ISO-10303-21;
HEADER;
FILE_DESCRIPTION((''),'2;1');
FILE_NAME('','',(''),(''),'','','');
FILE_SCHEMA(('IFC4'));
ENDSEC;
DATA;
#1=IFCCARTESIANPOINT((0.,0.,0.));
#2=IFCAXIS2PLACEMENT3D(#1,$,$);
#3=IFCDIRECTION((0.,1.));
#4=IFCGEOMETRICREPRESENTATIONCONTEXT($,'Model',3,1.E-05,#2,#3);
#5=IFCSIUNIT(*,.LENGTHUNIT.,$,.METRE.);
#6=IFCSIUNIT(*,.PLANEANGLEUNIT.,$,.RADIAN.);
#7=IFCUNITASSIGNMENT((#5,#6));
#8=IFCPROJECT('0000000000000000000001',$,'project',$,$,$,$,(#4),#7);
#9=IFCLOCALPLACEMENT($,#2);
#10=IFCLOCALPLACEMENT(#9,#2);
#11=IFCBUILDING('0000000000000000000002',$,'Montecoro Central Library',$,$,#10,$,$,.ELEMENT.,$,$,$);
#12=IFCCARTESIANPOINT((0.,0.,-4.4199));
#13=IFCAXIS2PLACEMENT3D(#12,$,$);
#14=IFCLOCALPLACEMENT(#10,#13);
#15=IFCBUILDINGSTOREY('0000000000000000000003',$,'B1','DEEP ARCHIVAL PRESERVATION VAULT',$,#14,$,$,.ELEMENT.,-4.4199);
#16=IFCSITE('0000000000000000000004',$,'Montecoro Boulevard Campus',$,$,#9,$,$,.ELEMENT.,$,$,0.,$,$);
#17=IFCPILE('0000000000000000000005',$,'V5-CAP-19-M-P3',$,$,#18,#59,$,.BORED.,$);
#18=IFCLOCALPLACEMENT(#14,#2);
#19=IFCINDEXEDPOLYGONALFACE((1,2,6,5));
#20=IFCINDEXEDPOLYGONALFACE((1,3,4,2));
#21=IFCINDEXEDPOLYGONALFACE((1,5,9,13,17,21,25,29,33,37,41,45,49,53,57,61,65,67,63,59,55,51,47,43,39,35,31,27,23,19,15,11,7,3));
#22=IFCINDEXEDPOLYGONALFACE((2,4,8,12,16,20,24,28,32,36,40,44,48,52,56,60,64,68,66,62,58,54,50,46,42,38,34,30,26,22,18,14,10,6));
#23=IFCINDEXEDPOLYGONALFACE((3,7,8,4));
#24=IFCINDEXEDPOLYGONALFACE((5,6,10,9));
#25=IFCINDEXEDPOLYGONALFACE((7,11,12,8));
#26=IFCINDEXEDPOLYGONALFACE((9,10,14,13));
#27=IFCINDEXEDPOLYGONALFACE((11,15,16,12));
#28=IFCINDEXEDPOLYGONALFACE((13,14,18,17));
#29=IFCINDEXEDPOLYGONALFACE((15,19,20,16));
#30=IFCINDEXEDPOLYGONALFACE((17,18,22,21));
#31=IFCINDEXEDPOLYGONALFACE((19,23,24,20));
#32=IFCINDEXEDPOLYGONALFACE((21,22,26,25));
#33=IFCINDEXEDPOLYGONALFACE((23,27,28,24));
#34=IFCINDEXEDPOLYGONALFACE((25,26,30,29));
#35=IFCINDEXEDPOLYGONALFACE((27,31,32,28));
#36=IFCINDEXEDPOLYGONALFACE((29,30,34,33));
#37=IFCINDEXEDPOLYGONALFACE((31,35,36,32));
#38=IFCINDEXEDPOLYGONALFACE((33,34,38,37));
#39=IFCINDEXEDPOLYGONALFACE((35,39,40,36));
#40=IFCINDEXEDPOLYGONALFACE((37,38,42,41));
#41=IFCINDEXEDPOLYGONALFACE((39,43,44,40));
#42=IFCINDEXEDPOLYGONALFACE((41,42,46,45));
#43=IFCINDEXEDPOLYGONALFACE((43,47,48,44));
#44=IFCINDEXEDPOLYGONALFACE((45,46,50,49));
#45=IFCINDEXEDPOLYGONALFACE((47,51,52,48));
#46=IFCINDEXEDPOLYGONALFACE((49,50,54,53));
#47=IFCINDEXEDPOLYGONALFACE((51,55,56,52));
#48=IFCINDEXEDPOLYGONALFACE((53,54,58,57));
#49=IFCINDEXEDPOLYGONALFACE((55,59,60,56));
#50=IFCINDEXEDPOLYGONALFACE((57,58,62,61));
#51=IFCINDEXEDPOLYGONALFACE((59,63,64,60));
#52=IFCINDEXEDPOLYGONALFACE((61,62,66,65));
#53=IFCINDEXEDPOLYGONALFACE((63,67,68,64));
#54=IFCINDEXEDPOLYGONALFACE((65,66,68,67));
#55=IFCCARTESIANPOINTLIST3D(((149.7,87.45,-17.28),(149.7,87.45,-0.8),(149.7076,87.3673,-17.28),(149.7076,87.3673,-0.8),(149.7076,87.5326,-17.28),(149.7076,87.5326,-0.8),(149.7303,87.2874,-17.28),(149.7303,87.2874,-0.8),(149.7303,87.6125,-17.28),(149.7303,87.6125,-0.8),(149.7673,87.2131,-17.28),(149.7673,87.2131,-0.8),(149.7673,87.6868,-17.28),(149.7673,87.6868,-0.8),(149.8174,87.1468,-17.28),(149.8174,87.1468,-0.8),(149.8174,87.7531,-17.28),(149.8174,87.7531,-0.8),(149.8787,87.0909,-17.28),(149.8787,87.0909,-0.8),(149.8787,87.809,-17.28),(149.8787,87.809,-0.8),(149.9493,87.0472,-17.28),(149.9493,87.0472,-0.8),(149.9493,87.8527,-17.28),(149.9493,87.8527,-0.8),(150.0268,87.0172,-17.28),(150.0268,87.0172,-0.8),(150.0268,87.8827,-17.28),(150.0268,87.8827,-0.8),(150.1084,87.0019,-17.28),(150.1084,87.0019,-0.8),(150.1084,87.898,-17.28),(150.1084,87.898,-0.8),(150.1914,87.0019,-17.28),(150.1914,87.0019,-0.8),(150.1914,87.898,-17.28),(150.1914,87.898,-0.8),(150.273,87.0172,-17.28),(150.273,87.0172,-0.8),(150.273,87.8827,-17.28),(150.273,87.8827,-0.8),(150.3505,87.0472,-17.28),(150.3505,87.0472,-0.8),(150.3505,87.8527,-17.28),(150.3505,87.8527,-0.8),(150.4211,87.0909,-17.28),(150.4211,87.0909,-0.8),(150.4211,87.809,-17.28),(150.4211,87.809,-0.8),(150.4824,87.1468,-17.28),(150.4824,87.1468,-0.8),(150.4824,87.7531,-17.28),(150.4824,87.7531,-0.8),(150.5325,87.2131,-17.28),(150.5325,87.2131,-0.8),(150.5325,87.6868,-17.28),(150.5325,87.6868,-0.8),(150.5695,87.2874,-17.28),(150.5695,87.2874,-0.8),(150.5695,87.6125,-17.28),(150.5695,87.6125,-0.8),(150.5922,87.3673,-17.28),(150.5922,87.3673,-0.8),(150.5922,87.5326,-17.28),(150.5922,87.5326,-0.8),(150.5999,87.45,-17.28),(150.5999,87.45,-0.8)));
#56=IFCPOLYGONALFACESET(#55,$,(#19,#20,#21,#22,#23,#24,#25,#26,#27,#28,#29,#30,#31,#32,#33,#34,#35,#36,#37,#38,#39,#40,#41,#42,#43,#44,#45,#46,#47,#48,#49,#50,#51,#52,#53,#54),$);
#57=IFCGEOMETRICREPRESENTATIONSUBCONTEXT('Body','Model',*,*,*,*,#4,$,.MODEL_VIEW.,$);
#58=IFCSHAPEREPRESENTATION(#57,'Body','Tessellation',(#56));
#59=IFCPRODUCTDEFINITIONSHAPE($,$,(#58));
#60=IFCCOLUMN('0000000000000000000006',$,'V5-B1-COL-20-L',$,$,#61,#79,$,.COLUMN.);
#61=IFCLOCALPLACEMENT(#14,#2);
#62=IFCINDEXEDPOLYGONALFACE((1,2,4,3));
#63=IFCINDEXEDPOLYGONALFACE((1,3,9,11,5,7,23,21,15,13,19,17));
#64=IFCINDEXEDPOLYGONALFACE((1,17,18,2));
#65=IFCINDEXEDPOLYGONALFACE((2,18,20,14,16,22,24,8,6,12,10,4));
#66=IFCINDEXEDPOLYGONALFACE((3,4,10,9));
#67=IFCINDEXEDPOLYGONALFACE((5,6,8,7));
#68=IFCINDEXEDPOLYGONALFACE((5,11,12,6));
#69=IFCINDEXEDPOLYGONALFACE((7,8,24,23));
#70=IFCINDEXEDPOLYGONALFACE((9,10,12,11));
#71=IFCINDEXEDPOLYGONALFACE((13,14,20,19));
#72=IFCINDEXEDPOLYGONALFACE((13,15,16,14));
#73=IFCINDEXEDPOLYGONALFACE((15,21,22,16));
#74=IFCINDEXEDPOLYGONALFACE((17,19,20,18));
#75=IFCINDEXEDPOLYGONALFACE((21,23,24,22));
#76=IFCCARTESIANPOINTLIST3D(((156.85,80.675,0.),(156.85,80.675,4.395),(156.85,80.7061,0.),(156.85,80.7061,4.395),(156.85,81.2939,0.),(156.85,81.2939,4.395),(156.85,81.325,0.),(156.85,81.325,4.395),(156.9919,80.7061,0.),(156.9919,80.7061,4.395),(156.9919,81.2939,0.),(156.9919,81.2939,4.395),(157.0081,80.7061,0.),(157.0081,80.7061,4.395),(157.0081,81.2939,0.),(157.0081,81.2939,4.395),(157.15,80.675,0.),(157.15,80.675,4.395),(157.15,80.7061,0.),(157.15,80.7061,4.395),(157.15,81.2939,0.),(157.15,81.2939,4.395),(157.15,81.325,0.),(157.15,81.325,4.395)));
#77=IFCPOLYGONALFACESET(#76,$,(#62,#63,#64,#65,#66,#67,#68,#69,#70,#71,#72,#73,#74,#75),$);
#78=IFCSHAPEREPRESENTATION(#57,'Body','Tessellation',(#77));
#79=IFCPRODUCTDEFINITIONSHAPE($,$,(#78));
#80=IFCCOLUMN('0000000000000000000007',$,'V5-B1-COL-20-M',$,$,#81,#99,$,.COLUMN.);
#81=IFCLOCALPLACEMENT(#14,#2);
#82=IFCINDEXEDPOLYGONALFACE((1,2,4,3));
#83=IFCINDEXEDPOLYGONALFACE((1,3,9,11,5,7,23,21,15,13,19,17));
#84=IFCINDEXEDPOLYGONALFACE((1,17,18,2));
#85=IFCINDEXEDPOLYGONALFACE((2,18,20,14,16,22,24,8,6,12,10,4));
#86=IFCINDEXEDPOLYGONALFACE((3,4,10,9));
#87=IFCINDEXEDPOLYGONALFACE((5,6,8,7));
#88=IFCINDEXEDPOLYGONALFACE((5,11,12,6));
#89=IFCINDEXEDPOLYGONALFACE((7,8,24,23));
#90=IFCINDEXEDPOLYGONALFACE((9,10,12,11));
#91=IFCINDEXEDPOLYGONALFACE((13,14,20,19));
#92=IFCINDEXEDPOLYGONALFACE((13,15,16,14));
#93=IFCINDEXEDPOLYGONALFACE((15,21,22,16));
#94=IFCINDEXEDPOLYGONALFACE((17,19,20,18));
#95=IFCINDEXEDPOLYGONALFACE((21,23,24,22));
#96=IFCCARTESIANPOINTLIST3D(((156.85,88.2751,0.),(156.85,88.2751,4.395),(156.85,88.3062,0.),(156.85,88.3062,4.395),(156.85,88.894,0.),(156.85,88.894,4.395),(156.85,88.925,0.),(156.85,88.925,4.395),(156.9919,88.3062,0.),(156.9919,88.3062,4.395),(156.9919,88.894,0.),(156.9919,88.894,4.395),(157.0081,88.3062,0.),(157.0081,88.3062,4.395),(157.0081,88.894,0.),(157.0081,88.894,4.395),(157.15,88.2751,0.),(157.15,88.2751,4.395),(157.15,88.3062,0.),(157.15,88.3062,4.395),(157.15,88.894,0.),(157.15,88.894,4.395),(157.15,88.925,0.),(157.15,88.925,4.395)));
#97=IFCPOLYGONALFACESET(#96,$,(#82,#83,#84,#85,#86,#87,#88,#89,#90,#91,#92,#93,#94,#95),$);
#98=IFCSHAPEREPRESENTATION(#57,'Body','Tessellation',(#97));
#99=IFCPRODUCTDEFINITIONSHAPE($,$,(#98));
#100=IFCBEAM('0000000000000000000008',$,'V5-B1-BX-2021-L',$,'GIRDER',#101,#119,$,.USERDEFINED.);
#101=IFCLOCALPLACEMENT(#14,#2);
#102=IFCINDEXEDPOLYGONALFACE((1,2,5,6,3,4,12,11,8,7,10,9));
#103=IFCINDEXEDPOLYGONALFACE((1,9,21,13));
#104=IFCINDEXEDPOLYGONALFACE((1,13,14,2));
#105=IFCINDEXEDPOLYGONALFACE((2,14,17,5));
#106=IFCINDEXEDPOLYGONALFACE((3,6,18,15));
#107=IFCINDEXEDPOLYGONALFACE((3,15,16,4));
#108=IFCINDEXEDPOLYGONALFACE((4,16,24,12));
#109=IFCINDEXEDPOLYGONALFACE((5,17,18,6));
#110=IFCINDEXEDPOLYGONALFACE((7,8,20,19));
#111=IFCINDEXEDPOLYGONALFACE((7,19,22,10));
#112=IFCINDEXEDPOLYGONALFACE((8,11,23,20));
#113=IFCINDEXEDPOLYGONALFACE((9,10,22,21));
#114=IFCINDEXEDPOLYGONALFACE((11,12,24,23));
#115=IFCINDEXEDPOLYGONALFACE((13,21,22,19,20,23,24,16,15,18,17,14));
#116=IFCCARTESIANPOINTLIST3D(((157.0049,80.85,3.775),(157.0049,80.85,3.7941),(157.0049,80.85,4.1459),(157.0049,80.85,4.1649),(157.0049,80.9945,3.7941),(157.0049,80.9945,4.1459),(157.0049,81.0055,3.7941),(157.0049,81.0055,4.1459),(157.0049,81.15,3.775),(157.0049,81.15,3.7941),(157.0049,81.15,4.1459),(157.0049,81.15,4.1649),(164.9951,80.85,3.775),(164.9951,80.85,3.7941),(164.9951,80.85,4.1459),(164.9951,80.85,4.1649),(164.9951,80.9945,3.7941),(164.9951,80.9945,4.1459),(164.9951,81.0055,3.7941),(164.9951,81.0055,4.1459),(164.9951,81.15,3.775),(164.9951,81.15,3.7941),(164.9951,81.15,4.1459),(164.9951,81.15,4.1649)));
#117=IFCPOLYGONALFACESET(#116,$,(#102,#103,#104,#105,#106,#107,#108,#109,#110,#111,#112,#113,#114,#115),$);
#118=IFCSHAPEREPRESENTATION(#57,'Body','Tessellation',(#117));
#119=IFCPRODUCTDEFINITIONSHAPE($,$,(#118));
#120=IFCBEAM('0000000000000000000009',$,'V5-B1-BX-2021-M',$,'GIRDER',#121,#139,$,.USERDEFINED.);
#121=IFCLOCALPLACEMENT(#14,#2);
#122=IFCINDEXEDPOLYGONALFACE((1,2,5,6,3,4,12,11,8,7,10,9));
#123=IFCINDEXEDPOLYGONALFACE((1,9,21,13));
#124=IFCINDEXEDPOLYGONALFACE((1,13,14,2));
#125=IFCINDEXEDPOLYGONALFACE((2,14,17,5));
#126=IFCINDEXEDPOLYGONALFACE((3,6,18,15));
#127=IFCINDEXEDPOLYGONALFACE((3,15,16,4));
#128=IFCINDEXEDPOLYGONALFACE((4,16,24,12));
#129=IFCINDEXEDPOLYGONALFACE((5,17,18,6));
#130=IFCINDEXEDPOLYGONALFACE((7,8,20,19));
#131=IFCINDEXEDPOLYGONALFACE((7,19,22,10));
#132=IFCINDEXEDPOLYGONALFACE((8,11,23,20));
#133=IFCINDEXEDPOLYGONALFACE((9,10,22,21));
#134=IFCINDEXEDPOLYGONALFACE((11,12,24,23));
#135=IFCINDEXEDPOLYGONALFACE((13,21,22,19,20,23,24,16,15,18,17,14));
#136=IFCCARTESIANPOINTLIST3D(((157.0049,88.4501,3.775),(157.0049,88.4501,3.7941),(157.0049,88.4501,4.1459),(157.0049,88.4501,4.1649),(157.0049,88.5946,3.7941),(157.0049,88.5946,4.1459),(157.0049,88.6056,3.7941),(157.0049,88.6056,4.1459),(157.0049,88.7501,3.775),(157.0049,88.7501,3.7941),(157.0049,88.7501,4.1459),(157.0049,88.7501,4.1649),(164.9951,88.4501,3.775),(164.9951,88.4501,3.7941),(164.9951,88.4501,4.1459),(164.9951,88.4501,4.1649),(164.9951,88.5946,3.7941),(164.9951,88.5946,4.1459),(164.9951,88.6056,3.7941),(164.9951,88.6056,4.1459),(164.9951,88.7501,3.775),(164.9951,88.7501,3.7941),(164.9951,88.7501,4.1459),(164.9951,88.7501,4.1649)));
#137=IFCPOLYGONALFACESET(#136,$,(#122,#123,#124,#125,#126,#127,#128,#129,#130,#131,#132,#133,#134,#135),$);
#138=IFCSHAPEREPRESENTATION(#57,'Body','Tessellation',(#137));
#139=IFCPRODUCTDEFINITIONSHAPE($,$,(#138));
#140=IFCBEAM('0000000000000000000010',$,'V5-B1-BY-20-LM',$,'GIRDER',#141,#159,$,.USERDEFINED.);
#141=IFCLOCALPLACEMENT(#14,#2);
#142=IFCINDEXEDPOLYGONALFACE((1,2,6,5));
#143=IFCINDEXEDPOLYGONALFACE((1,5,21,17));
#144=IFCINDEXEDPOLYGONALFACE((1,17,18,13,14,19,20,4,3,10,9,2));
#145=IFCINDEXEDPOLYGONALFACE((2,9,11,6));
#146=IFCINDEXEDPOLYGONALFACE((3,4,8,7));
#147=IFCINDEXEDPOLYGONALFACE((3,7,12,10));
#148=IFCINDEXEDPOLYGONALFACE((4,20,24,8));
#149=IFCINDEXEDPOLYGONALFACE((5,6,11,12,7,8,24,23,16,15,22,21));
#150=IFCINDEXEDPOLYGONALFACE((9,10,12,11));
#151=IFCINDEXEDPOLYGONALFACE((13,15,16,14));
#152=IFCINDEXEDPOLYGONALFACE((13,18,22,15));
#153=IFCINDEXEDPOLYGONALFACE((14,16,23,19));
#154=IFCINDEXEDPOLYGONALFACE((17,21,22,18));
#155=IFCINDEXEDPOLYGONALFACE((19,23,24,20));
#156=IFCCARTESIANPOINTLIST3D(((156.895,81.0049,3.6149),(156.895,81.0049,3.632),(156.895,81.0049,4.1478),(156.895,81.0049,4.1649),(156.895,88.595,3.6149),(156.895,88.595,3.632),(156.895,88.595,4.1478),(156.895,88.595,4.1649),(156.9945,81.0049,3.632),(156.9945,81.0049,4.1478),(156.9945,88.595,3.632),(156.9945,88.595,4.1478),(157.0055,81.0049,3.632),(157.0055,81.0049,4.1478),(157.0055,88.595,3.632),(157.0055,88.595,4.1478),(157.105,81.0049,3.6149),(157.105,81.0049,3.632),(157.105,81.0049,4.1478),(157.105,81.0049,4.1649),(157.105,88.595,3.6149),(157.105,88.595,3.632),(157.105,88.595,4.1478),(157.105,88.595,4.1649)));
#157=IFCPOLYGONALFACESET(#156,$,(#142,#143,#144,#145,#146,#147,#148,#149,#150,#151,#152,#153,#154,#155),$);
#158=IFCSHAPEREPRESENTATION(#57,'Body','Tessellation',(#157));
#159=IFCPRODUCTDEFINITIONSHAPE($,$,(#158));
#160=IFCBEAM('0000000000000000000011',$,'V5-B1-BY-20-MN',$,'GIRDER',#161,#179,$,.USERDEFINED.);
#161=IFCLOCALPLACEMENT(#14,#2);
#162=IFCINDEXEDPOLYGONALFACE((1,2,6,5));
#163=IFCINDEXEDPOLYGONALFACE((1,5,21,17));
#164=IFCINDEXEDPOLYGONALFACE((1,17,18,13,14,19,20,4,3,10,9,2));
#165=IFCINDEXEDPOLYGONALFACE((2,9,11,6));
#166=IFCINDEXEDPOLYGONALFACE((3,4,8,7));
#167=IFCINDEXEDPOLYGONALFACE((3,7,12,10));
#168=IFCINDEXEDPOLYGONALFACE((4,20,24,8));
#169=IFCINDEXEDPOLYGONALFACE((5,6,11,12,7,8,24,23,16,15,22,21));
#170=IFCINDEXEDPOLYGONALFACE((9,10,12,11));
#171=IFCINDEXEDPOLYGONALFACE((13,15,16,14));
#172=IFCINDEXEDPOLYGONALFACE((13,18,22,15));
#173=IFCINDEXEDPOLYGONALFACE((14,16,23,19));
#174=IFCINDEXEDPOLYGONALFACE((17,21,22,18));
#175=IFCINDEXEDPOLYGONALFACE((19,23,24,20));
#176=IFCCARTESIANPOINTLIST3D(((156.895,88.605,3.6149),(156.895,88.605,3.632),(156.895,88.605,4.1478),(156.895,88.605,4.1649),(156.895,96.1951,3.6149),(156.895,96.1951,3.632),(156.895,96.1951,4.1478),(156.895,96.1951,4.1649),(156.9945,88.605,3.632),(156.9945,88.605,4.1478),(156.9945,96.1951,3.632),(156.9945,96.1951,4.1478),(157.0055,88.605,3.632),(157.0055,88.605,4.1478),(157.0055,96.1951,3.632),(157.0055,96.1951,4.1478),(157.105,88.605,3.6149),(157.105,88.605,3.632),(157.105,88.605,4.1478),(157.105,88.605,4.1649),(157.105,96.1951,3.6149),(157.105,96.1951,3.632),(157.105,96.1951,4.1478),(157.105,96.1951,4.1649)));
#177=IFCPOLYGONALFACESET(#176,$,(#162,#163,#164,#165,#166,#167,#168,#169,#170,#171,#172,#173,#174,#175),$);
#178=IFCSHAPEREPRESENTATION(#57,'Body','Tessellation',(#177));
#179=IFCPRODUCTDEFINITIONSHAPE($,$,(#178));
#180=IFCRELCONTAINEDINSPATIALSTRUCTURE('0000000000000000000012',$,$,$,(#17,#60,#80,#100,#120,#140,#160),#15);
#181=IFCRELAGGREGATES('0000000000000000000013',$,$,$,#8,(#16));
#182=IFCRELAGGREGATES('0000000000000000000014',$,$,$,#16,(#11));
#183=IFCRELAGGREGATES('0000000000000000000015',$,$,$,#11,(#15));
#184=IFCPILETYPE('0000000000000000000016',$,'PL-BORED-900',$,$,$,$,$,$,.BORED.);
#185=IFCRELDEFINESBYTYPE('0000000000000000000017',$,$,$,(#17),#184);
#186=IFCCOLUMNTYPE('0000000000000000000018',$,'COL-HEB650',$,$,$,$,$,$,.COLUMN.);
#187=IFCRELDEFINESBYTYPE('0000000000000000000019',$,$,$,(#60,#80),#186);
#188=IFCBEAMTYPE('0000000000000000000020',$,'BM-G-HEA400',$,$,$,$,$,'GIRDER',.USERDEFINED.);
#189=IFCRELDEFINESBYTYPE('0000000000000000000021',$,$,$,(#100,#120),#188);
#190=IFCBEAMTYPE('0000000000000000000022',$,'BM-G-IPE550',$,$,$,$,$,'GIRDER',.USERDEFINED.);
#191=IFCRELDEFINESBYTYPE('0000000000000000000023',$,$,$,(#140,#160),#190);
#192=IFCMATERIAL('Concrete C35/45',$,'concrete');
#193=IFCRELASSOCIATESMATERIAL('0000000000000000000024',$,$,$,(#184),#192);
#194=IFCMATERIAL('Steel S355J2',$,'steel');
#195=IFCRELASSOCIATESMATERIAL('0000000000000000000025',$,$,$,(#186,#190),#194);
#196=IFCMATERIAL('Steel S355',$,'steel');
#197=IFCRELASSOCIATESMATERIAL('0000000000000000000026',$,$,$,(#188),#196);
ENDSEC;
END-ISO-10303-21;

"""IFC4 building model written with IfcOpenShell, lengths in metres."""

from ifc_helpers import new_model, si_unit, direction, frame, origin, origin_2d, place, context, subcontext, project, spatial, circle, i_section, extrude, material, material_profile, profile_set, type_object, element, save


model = new_model("IFC4")

# Units and contexts
model_context = context("Model", 3, precision=1e-05, world=origin(), true_north=direction((0.0, 1.0)))
body_context = subcontext(model_context, "Body", "Model", "MODEL_VIEW")
ifc_project = project(units=[si_unit("LENGTHUNIT", "METRE"), si_unit("PLANEANGLEUNIT", "RADIAN")], contexts=[model_context])

# Site, building, storey
site_placement = place(None, origin())
site = spatial("IfcSite", under=ifc_project, at=site_placement, Name="Montecoro Boulevard Campus", CompositionType="ELEMENT", RefElevation=0.0)
building_placement = place(site_placement, origin())
building = spatial("IfcBuilding", under=site, at=building_placement, Name="Montecoro Central Library", CompositionType="ELEMENT")
storey_placement = place(building_placement, frame((0.0, 0.0, -4.4199)))
storey = spatial("IfcBuildingStorey", under=building, at=storey_placement, Name="B1", Description="DEEP ARCHIVAL PRESERVATION VAULT", CompositionType="ELEMENT", Elevation=-4.4199)

# Shared definitions
ifc_material_1 = material(Name="Concrete C35/45", Category="concrete")

# Pile
ifc_material_profile_1 = material_profile(ifc_material_1, circle(Radius=0.45, at=origin_2d()), Name="PILE D900")
ifc_profile_set_1 = profile_set([ifc_material_profile_1], Name="Concrete C35/45")
pile_type_1 = type_object("IfcPileType", Name="PL-BORED-900", PredefinedType="BORED", material=ifc_profile_set_1)
pile_1_placement = place(storey_placement, frame((150.1499, 87.45, -0.8), z_axis=(0.0, 0.0, -1.0), x_axis=(1.0, 0.0, 0.0)))
element("IfcPile", 1, at=pile_1_placement, inside=storey, type_object=pile_type_1, Name="V5-CAP-19-M-P3", PredefinedType="BORED", context=body_context, shape_type="SweptSolid", body=[
    extrude(circle(Radius=0.45, at=origin_2d()), origin(), (0.0, 0.0, 1.0), 16.48),
])

# Columns
ifc_material_2 = material(Name="Steel S355J2", Category="steel")
ifc_material_profile_2 = material_profile(ifc_material_2, i_section(OverallWidth=0.3, OverallDepth=0.6499, WebThickness=0.0161, FlangeThickness=0.031, at=origin_2d()), Name="HEB 650")
ifc_profile_set_2 = profile_set([ifc_material_profile_2], Name="Steel S355J2")
column_type = type_object("IfcColumnType", Name="COL-HEB650", PredefinedType="COLUMN", material=ifc_profile_set_2)
for number, where, z_axis, x_axis, name in (
    (2, (157.0, 81.0, 0.0), (0.0, 0.0, 1.0), (1.0, 0.0, 0.0), "V5-B1-COL-20-L"),
    (3, (157.0, 88.6001, 0.0), (0.0, 0.0, 1.0), (1.0, 0.0, 0.0), "V5-B1-COL-20-M"),
):
    element("IfcColumn", number, at=place(storey_placement, frame(where, z_axis=z_axis, x_axis=x_axis)), inside=storey, type_object=column_type, Name=name, PredefinedType="COLUMN", context=body_context, shape_type="SweptSolid", body=[
        extrude(i_section(OverallWidth=0.3, OverallDepth=0.6499, WebThickness=0.0161, FlangeThickness=0.031, at=origin_2d()), origin(), (0.0, 0.0, 1.0), 4.395),
    ])

# Beams
ifc_material_3 = material(Name="Steel S355", Category="steel")
ifc_material_profile_3 = material_profile(ifc_material_3, i_section(OverallWidth=0.3, OverallDepth=0.3899, WebThickness=0.011, FlangeThickness=0.019, at=origin_2d()), Name="HEA 400")
ifc_profile_set_3 = profile_set([ifc_material_profile_3], Name="Steel S355")
beam_type_1 = type_object("IfcBeamType", Name="BM-G-HEA400", ElementType="GIRDER", PredefinedType="USERDEFINED", material=ifc_profile_set_3)
for number, where, z_axis, x_axis, name in (
    (4, (157.0049, 81.0, 3.97), (1.0, 0.0, 0.0), (0.0, 1.0, 0.0), "V5-B1-BX-2021-L"),
    (5, (157.0049, 88.6001, 3.97), (1.0, 0.0, 0.0), (0.0, 1.0, 0.0), "V5-B1-BX-2021-M"),
):
    element("IfcBeam", number, at=place(storey_placement, frame(where, z_axis=z_axis, x_axis=x_axis)), inside=storey, type_object=beam_type_1, Name=name, ObjectType="GIRDER", PredefinedType="USERDEFINED", context=body_context, shape_type="SweptSolid", body=[
        extrude(i_section(OverallWidth=0.3, OverallDepth=0.3899, WebThickness=0.011, FlangeThickness=0.019, at=origin_2d()), origin(), (0.0, 0.0, 1.0), 7.9902),
    ])
ifc_material_profile_4 = material_profile(ifc_material_2, i_section(OverallWidth=0.21, OverallDepth=0.55, WebThickness=0.011, FlangeThickness=0.0171, at=origin_2d()), Name="IPE 550")
ifc_profile_set_4 = profile_set([ifc_material_profile_4], Name="Steel S355J2")
beam_type_2 = type_object("IfcBeamType", Name="BM-G-IPE550", ElementType="GIRDER", PredefinedType="USERDEFINED", material=ifc_profile_set_4)
for number, where, z_axis, x_axis, name in (
    (6, (157.0, 81.0049, 3.8899), (0.0, 1.0, 0.0), (-1.0, 0.0, 0.0), "V5-B1-BY-20-LM"),
    (7, (157.0, 88.605, 3.8899), (0.0, 1.0, 0.0), (-1.0, 0.0, 0.0), "V5-B1-BY-20-MN"),
):
    element("IfcBeam", number, at=place(storey_placement, frame(where, z_axis=z_axis, x_axis=x_axis)), inside=storey, type_object=beam_type_2, Name=name, ObjectType="GIRDER", PredefinedType="USERDEFINED", context=body_context, shape_type="SweptSolid", body=[
        extrude(i_section(OverallWidth=0.21, OverallDepth=0.55, WebThickness=0.011, FlangeThickness=0.0171, at=origin_2d()), origin(), (0.0, 0.0, 1.0), 7.5901),
    ])

save(model, "model.ifc")
